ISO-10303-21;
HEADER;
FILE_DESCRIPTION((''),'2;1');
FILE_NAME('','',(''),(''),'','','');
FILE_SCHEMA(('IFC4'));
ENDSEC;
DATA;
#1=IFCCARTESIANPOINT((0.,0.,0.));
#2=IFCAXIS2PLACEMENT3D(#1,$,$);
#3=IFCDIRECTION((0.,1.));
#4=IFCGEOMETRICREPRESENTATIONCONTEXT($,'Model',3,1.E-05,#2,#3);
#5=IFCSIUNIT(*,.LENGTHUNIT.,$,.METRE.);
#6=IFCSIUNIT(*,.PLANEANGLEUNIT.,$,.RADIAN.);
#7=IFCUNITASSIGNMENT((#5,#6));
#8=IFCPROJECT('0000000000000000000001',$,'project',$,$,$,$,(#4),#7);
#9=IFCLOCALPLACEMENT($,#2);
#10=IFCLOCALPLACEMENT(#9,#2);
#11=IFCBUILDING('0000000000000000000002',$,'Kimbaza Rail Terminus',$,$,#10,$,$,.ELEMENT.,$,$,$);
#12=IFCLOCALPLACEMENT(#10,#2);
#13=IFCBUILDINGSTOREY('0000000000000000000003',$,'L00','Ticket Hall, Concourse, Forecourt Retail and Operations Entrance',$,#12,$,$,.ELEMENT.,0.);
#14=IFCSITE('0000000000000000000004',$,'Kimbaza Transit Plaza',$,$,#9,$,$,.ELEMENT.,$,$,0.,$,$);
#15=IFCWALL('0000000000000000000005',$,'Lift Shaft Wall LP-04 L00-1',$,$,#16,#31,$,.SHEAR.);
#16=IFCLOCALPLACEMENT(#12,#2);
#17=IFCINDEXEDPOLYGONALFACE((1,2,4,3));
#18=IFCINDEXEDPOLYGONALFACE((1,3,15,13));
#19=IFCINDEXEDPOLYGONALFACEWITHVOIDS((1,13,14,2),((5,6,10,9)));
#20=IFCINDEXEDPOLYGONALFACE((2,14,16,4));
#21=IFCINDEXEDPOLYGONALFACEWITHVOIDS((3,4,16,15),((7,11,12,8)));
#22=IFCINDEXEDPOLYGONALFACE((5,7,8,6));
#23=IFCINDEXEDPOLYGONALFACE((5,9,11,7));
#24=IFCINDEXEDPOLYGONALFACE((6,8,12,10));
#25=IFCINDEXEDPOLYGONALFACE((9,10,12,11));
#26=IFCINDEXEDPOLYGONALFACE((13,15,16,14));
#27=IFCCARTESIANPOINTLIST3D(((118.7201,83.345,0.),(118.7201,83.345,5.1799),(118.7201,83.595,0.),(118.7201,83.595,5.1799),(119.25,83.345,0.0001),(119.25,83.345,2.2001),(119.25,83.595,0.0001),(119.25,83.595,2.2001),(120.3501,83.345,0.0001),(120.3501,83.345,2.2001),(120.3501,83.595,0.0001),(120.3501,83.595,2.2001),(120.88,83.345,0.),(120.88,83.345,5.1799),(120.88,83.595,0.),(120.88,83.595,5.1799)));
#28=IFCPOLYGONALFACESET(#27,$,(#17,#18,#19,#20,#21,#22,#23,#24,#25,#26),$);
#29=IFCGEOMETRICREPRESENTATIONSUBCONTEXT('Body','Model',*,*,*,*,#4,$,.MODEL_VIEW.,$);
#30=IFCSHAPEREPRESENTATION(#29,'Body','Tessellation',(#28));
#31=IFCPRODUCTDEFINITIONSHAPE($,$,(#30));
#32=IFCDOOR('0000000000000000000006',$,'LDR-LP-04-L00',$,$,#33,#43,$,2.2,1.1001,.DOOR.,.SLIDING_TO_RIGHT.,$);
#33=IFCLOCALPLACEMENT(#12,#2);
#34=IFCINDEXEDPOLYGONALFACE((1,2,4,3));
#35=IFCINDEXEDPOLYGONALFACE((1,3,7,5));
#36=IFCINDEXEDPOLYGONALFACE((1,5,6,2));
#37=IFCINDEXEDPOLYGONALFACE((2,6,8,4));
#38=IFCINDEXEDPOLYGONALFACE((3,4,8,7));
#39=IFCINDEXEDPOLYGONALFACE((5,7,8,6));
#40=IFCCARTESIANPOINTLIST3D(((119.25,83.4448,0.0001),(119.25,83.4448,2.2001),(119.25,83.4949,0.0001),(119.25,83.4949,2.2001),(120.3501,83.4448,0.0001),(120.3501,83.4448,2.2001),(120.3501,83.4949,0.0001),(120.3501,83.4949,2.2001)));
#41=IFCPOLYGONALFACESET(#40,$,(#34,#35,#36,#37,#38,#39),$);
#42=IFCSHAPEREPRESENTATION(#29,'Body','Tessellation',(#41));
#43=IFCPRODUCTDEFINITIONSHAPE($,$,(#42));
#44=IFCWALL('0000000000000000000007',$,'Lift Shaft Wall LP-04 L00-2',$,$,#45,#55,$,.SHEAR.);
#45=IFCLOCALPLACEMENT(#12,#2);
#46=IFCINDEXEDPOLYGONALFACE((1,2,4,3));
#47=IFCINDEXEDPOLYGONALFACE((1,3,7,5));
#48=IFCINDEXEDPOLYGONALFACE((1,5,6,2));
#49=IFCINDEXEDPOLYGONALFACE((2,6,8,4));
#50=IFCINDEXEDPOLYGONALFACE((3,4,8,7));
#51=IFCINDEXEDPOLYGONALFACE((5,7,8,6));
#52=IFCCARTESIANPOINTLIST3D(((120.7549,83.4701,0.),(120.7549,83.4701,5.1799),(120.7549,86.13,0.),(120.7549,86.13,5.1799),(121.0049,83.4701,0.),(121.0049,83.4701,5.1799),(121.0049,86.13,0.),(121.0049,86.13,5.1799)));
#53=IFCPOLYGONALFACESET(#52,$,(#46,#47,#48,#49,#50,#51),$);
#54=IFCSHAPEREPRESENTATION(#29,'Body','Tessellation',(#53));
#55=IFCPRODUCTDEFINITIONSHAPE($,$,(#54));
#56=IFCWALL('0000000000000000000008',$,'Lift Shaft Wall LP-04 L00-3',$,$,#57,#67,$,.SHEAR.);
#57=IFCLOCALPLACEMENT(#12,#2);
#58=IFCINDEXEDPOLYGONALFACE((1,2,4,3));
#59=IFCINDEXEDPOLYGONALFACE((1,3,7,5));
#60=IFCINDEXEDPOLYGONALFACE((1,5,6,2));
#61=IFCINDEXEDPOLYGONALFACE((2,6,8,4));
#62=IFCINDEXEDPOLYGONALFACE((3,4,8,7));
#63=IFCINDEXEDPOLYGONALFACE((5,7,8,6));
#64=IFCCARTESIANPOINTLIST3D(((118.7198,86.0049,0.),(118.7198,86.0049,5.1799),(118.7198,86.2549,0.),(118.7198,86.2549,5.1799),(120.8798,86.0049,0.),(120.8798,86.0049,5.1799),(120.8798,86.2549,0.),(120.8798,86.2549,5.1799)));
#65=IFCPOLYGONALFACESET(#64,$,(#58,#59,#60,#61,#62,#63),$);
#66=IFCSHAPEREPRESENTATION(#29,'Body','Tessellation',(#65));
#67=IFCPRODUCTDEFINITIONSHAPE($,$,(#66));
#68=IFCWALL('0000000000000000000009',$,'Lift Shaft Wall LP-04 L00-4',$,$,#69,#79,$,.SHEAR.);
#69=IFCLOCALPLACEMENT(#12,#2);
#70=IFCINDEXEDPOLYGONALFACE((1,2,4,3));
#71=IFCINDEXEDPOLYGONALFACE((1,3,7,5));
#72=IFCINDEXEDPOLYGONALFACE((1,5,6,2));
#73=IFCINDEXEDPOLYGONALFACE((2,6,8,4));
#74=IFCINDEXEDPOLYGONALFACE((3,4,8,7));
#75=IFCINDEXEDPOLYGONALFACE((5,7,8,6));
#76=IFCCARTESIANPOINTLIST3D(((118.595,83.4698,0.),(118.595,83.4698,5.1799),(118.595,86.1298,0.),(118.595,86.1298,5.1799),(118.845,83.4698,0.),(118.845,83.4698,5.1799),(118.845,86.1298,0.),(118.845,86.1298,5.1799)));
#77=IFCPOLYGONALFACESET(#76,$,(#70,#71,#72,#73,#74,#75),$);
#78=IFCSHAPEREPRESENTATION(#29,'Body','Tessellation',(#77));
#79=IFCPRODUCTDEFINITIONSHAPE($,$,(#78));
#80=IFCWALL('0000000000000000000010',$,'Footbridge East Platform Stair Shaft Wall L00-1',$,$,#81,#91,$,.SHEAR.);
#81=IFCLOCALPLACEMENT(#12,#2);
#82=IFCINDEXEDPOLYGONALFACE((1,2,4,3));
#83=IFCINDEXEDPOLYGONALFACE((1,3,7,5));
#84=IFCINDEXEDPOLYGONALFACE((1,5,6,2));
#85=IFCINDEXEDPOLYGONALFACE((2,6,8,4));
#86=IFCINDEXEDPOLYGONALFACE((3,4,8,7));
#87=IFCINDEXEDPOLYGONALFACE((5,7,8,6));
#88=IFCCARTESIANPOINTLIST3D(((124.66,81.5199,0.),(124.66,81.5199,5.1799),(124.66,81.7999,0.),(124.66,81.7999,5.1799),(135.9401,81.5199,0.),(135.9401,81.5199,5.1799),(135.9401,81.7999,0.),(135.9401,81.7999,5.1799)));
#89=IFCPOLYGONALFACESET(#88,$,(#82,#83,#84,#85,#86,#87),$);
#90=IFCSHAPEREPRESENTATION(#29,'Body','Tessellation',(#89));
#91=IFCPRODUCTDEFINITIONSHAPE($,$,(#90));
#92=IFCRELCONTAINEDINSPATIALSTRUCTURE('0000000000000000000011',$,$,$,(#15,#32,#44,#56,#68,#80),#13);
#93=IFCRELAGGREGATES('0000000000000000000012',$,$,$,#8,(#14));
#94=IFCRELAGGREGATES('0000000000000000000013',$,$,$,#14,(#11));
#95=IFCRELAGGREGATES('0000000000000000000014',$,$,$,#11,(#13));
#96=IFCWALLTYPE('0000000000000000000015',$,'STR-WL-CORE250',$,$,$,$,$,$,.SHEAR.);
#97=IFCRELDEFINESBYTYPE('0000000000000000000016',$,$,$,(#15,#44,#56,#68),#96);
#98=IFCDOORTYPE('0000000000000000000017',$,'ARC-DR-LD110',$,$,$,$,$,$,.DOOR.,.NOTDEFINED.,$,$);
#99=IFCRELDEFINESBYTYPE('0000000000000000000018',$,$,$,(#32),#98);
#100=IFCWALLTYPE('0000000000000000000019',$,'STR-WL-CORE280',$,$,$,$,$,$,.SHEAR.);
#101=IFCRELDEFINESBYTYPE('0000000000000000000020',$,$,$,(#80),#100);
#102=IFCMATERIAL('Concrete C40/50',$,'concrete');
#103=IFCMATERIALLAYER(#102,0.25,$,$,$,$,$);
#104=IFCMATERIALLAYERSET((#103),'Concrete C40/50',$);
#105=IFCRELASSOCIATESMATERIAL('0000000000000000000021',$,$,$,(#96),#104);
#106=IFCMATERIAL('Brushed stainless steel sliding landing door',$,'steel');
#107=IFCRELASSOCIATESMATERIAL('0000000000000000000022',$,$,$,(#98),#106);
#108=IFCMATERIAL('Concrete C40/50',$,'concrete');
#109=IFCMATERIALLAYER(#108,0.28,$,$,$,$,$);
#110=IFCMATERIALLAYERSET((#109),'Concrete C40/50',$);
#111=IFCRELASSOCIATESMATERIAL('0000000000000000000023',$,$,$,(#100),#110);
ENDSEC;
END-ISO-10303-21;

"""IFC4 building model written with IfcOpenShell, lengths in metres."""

from ifc_helpers import new_model, si_unit, direction, frame, frame_2d, origin, place, context, subcontext, project, spatial, rectangle, extrude, material, layer, layer_set, type_object, element, fill, save


model = new_model("IFC4")

# Units and contexts
model_context = context("Model", 3, precision=1e-05, world=origin(), true_north=direction((0.0, 1.0)))
body_context = subcontext(model_context, "Body", "Model", "MODEL_VIEW")
ifc_project = project(units=[si_unit("LENGTHUNIT", "METRE"), si_unit("PLANEANGLEUNIT", "RADIAN")], contexts=[model_context])

# Site, building, storey
site_placement = place(None, origin())
site = spatial("IfcSite", under=ifc_project, at=site_placement, Name="Kimbaza Transit Plaza", CompositionType="ELEMENT", RefElevation=0.0)
building_placement = place(site_placement, origin())
building = spatial("IfcBuilding", under=site, at=building_placement, Name="Kimbaza Rail Terminus", CompositionType="ELEMENT")
storey_placement = place(building_placement, origin())
storey = spatial("IfcBuildingStorey", under=building, at=storey_placement, Name="L00", Description="Ticket Hall, Concourse, Forecourt Retail and Operations Entrance", CompositionType="ELEMENT", Elevation=0.0)

# Shared definitions
ifc_material_1 = material(Name="Concrete C40/50", Category="concrete")
ifc_layer_1 = layer(ifc_material_1, 0.25)
ifc_layer_set_1 = layer_set([ifc_layer_1], Name="Concrete C40/50")
wall_type_1 = type_object("IfcWallType", Name="STR-WL-CORE250", PredefinedType="SHEAR", material=ifc_layer_set_1)
ifc_material_2 = material(Name="Brushed stainless steel sliding landing door", Category="steel")
door_type = type_object("IfcDoorType", Name="ARC-DR-LD110", OperationType="NOTDEFINED", PredefinedType="DOOR", material=ifc_material_2)

# Wall, opening, door
wall_1_placement = place(storey_placement, frame((118.72, 83.47, 0.0), z_axis=(0.0, 0.0, 1.0), x_axis=(1.0, 0.0, 0.0)))
wall_1 = element("IfcWall", 1, at=wall_1_placement, inside=storey, type_object=wall_type_1, Name="Lift Shaft Wall LP-04 L00-1", PredefinedType="SHEAR", context=body_context, shape_type="SweptSolid", body=[
    extrude(rectangle(XDim=2.1599, YDim=0.25, at=frame_2d((1.0801, 0.0))), origin(), (0.0, 0.0, 1.0), 5.1799),
])
opening_1_placement = place(wall_1_placement, frame((0.53, 0.0, 0.0)))
opening_1 = element("IfcOpeningElement", 2, at=opening_1_placement, cuts=wall_1, PredefinedType="OPENING", context=body_context, shape_type="SweptSolid", body=[
    extrude(rectangle(XDim=1.1001, YDim=2.2, at=frame_2d((0.55, 1.1001))), frame((0.0, 0.135, 0.0), z_axis=(0.0, -1.0, 0.0), x_axis=(1.0, 0.0, 0.0)), (0.0, 0.0, 1.0), 0.27),
])
door_1_placement = place(opening_1_placement, origin())
door_1 = element("IfcDoor", 3, at=door_1_placement, inside=storey, type_object=door_type, Name="LDR-LP-04-L00", OperationType="SLIDING_TO_RIGHT", OverallHeight=2.2, OverallWidth=1.1001, PredefinedType="DOOR", context=body_context, shape_type="SweptSolid", body=[
    extrude(rectangle(XDim=1.1001, YDim=2.2, at=frame_2d((0.55, 1.1001))), frame((0.0, 0.0249, 0.0), z_axis=(0.0, -1.0, 0.0), x_axis=(1.0, 0.0, 0.0)), (0.0, 0.0, 1.0), 0.05),
])
fill(opening_1, door_1)

# Walls
wall_2_placement = place(storey_placement, frame((120.8799, 83.47, 0.0), z_axis=(0.0, 0.0, 1.0), x_axis=(0.0, 1.0, 0.0)))
element("IfcWall", 4, at=wall_2_placement, inside=storey, type_object=wall_type_1, Name="Lift Shaft Wall LP-04 L00-2", PredefinedType="SHEAR", context=body_context, shape_type="SweptSolid", body=[
    extrude(rectangle(XDim=2.6599, YDim=0.25, at=frame_2d((1.3301, 0.0))), origin(), (0.0, 0.0, 1.0), 5.1799),
])
wall_3_placement = place(storey_placement, frame((120.8799, 86.1299, 0.0), z_axis=(0.0, 0.0, 1.0), x_axis=(-1.0, 0.0, 0.0)))
element("IfcWall", 5, at=wall_3_placement, inside=storey, type_object=wall_type_1, Name="Lift Shaft Wall LP-04 L00-3", PredefinedType="SHEAR", context=body_context, shape_type="SweptSolid", body=[
    extrude(rectangle(XDim=2.1599, YDim=0.25, at=frame_2d((1.0801, 0.0))), origin(), (0.0, 0.0, 1.0), 5.1799),
])
wall_4_placement = place(storey_placement, frame((118.72, 86.1299, 0.0), z_axis=(0.0, 0.0, 1.0), x_axis=(0.0, -1.0, 0.0)))
element("IfcWall", 6, at=wall_4_placement, inside=storey, type_object=wall_type_1, Name="Lift Shaft Wall LP-04 L00-4", PredefinedType="SHEAR", context=body_context, shape_type="SweptSolid", body=[
    extrude(rectangle(XDim=2.6599, YDim=0.25, at=frame_2d((1.3301, 0.0))), origin(), (0.0, 0.0, 1.0), 5.1799),
])
ifc_material_3 = material(Name="Concrete C40/50", Category="concrete")
ifc_layer_2 = layer(ifc_material_3, 0.28)
ifc_layer_set_2 = layer_set([ifc_layer_2], Name="Concrete C40/50")
wall_type_2 = type_object("IfcWallType", Name="STR-WL-CORE280", PredefinedType="SHEAR", material=ifc_layer_set_2)
wall_5_placement = place(storey_placement, frame((124.6599, 81.6599, 0.0), z_axis=(0.0, 0.0, 1.0), x_axis=(1.0, 0.0, 0.0)))
element("IfcWall", 7, at=wall_5_placement, inside=storey, type_object=wall_type_2, Name="Footbridge East Platform Stair Shaft Wall L00-1", PredefinedType="SHEAR", context=body_context, shape_type="SweptSolid", body=[
    extrude(rectangle(XDim=11.28, YDim=0.28, at=frame_2d((5.6401, 0.0))), origin(), (0.0, 0.0, 1.0), 5.1799),
])

save(model, "model.ifc")
